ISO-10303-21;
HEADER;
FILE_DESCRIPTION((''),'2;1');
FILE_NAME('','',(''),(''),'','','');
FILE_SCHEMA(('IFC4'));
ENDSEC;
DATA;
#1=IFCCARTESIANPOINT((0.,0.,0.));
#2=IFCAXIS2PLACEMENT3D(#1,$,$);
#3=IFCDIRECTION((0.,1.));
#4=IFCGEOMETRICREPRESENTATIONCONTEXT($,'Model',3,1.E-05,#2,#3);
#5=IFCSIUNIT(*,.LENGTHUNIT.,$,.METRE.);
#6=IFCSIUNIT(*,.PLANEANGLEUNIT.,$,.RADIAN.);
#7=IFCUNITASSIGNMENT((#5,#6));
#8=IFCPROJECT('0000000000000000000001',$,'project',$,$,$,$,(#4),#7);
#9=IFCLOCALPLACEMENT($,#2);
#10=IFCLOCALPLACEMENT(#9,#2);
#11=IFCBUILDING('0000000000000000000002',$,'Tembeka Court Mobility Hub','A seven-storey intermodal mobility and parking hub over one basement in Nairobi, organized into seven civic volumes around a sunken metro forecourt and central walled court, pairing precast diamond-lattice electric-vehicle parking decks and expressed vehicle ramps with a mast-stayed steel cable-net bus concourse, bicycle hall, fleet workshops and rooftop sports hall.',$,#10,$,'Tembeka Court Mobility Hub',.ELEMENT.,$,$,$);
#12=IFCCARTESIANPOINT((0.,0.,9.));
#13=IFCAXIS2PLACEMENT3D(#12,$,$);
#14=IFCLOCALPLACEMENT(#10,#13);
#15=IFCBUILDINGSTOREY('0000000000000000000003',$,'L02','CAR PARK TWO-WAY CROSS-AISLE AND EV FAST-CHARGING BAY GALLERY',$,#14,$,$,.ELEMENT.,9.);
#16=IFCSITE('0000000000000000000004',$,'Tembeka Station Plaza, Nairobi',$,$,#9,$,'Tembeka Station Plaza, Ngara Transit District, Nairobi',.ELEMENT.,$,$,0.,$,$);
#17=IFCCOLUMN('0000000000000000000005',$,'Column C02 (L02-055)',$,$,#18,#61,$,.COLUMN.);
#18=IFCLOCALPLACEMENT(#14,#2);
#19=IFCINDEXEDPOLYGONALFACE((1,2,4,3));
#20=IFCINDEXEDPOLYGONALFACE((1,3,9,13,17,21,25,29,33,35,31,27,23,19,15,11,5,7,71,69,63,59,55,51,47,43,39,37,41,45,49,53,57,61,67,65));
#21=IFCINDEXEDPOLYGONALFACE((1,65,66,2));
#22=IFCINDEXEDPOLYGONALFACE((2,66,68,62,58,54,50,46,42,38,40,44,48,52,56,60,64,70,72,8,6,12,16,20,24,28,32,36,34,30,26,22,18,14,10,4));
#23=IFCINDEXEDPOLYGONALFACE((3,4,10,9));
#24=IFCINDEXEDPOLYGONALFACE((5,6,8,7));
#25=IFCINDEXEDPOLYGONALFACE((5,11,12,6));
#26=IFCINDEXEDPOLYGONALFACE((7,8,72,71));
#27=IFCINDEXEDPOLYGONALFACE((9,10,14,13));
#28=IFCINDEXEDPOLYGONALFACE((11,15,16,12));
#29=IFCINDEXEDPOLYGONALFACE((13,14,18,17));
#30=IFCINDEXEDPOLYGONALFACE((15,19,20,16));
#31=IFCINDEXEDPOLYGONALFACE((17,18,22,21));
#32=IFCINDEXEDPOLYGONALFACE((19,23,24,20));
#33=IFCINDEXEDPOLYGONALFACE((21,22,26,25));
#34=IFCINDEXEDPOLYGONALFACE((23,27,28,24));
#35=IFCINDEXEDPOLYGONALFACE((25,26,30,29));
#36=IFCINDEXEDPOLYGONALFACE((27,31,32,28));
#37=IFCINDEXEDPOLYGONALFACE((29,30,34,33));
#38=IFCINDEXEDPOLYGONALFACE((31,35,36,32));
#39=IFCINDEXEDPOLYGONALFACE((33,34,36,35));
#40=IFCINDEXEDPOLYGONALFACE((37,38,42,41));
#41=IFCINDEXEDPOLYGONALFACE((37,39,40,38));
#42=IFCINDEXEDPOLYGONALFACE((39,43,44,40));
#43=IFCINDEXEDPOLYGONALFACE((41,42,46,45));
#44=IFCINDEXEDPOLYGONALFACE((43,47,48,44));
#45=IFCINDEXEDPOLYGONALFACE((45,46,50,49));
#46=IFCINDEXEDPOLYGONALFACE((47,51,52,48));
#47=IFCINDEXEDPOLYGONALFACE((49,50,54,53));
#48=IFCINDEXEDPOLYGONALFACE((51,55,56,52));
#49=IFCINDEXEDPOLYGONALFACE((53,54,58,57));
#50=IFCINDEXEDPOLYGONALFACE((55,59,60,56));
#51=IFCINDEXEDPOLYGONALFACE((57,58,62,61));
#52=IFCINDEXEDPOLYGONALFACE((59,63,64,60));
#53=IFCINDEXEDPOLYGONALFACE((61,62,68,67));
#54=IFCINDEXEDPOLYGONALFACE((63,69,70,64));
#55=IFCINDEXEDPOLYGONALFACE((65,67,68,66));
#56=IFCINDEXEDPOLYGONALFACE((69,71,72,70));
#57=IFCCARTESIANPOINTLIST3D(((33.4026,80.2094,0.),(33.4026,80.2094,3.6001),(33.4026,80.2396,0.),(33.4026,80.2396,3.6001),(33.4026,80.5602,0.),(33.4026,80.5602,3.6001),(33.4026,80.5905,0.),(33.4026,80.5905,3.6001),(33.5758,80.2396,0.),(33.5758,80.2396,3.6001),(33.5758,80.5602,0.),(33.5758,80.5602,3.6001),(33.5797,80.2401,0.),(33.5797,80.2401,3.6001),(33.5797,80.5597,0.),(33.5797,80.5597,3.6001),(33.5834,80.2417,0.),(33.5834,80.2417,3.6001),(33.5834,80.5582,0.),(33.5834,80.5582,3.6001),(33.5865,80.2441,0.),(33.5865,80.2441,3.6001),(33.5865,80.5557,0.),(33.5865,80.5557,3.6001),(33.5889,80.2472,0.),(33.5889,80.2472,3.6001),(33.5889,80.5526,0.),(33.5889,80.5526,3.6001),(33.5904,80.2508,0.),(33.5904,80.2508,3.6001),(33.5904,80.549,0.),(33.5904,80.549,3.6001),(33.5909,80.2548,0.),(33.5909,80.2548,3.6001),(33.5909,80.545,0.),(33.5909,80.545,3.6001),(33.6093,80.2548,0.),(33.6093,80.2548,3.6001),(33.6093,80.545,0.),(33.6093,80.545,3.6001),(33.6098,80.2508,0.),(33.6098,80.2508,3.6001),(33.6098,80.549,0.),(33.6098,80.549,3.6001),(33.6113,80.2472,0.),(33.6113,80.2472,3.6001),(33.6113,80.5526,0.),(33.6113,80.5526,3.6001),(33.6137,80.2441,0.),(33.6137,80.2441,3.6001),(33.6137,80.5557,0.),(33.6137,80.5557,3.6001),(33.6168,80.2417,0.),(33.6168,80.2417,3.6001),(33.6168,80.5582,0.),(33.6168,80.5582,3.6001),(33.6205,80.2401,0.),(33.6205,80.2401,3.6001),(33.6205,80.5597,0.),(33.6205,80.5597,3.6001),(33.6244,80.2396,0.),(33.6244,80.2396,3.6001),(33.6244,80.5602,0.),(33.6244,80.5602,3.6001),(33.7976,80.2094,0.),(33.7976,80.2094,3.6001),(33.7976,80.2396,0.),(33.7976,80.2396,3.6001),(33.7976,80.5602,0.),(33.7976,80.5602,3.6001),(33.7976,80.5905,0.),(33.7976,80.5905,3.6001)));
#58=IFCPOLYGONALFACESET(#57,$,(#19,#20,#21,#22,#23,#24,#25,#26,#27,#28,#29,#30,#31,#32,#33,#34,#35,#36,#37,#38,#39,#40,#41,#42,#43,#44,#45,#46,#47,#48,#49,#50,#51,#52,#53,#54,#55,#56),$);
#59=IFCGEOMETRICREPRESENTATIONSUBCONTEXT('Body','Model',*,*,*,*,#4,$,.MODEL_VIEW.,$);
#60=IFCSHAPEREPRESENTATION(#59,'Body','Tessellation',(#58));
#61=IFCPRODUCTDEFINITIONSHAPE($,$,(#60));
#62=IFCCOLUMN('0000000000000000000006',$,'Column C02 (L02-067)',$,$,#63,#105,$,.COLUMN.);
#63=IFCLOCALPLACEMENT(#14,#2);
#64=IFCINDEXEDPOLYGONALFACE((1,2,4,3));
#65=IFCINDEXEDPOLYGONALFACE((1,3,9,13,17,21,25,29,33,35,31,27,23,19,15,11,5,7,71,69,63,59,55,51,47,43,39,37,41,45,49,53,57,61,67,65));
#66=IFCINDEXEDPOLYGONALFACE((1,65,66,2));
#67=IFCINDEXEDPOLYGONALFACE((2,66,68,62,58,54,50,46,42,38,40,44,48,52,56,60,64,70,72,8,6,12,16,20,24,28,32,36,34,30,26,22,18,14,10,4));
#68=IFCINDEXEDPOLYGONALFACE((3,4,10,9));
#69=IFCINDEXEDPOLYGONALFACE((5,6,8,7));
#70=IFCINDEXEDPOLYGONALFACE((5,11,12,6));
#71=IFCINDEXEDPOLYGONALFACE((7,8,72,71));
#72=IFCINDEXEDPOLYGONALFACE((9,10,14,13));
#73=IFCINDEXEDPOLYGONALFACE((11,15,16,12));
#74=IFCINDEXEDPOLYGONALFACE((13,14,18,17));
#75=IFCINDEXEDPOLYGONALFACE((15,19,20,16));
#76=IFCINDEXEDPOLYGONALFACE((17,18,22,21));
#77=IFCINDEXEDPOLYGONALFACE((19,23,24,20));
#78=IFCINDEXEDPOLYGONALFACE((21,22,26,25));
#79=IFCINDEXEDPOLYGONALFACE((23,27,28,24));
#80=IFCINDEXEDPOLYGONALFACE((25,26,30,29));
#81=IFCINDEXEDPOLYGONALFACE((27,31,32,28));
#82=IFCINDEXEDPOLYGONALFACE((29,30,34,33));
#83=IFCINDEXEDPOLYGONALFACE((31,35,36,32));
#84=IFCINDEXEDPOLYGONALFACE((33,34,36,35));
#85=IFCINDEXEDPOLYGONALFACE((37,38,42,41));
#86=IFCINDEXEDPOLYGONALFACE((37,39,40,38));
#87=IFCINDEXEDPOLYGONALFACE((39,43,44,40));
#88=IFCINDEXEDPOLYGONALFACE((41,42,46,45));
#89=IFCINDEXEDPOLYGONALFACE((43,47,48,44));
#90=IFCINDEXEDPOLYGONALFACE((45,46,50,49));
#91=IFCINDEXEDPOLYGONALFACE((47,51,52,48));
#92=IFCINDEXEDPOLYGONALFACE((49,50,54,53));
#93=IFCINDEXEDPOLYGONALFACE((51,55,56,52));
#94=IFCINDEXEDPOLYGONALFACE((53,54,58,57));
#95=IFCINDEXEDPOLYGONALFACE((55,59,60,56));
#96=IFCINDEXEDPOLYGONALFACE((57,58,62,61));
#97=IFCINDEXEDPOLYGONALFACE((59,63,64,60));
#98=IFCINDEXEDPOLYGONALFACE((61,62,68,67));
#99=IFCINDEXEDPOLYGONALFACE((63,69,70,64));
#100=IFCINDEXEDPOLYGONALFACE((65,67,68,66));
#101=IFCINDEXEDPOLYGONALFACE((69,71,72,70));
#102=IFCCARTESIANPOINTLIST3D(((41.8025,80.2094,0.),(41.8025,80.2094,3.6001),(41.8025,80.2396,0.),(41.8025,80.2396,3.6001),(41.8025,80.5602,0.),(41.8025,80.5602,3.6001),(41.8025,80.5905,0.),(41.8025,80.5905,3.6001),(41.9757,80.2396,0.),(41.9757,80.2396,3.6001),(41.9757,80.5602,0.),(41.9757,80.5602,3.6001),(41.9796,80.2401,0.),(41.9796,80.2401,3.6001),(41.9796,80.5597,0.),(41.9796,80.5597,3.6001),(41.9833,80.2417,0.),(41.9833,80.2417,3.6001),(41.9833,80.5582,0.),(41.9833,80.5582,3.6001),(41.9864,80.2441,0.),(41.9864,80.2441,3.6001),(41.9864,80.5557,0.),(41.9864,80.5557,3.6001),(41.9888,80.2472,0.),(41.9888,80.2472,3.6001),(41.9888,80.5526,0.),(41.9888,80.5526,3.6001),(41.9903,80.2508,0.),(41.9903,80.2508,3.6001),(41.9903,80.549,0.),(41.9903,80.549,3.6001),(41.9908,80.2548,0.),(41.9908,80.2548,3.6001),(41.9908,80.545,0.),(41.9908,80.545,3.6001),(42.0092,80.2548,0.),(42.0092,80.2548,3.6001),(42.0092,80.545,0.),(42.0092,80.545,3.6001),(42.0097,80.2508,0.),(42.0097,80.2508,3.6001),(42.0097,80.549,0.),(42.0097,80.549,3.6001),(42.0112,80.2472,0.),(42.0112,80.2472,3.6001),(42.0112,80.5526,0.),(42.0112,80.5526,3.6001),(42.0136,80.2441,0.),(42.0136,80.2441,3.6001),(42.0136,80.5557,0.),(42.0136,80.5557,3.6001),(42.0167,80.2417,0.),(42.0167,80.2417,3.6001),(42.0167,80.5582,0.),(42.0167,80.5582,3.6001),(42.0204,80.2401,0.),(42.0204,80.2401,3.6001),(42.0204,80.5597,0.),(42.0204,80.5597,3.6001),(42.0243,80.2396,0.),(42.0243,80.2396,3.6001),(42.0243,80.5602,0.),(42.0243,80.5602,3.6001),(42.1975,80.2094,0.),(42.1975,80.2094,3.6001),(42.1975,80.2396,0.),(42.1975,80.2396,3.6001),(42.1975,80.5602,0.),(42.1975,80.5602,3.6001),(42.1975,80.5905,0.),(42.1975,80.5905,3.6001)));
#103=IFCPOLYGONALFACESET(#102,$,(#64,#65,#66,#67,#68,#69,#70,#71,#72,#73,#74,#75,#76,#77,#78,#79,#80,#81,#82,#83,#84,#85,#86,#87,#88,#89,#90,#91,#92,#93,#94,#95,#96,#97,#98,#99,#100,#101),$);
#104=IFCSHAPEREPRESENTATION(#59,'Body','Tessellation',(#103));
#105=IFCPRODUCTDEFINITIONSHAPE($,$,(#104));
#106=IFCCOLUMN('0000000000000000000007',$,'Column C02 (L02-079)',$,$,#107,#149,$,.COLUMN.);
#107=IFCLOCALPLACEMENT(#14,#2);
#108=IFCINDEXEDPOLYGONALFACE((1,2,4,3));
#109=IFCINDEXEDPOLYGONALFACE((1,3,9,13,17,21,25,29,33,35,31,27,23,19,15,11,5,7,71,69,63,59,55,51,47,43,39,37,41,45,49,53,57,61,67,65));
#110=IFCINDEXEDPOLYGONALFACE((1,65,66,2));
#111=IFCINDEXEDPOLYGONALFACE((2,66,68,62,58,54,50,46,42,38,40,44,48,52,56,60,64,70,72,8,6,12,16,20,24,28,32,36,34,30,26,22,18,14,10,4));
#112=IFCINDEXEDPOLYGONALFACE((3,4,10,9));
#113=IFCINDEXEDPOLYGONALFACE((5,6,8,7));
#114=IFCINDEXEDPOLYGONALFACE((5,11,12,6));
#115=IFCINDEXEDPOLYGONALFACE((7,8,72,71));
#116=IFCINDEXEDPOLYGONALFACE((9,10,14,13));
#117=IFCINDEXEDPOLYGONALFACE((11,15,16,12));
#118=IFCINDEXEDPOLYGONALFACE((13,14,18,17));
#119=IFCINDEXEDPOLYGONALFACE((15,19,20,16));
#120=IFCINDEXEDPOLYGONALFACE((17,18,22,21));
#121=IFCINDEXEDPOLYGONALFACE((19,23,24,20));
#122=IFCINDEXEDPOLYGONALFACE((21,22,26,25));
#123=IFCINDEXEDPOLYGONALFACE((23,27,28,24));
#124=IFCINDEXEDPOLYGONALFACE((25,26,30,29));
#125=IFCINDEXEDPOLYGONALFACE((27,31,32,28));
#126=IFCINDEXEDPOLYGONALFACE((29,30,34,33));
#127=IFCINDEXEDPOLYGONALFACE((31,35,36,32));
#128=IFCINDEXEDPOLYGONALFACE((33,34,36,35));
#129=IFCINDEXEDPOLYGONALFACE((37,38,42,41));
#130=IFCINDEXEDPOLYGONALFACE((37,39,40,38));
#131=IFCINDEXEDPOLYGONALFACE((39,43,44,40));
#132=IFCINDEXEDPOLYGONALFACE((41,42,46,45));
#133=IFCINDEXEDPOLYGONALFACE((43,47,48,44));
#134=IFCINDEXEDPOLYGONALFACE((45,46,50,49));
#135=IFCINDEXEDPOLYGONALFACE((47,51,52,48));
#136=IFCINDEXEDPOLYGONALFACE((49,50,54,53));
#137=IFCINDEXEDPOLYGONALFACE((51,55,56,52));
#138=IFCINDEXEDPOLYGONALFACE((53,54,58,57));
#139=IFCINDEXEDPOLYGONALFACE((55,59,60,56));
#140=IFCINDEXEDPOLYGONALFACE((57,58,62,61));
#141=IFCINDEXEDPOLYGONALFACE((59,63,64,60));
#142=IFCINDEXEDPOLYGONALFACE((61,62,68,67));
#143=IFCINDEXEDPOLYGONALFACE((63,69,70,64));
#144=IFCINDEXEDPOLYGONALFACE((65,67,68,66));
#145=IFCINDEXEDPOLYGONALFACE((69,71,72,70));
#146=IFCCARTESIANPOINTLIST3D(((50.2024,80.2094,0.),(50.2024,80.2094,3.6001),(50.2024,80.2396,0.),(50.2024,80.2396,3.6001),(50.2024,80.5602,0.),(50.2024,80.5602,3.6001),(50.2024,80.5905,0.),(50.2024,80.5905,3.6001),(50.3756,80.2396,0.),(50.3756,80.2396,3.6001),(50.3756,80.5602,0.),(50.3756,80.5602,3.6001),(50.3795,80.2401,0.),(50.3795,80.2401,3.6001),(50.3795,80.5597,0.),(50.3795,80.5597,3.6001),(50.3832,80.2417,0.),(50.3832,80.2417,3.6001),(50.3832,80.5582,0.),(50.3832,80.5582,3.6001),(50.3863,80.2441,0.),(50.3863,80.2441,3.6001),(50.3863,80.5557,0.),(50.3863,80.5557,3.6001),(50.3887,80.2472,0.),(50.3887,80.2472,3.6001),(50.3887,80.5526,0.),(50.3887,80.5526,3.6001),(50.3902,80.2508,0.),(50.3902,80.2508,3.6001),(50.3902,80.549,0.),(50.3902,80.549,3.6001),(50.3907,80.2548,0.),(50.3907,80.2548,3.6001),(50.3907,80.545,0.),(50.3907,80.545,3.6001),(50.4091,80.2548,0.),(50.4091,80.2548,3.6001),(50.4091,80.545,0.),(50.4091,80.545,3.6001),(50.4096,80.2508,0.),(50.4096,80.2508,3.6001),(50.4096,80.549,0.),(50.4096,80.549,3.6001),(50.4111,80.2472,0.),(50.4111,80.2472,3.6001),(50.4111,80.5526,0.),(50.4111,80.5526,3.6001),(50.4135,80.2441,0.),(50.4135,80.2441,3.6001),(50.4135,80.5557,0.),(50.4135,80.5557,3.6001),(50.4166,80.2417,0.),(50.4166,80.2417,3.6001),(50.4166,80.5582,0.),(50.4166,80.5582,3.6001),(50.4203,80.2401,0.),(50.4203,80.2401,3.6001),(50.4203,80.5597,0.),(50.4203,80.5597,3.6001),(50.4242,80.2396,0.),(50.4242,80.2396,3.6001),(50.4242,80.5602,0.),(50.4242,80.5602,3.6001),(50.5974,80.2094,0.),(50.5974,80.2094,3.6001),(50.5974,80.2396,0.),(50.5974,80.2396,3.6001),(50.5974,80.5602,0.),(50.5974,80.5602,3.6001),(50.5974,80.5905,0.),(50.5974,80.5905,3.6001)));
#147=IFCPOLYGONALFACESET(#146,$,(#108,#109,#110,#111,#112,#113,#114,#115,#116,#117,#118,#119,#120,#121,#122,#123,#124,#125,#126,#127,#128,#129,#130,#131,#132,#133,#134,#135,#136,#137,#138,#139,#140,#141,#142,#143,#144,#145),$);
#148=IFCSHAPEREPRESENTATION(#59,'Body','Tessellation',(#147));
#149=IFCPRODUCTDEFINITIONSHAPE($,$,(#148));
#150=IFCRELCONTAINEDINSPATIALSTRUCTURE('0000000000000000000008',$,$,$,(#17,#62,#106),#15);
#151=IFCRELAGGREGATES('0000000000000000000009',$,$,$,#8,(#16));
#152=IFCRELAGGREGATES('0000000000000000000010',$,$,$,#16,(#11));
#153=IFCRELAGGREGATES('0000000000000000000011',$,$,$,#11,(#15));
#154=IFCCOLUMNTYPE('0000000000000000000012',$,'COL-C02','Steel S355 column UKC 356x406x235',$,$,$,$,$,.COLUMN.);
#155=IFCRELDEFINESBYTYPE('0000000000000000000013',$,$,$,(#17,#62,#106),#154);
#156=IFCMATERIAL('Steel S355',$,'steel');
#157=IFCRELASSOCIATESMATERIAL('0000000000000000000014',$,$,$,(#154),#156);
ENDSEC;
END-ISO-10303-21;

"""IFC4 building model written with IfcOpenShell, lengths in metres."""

from ifc_helpers import new_model, si_unit, direction, frame, origin, origin_2d, place, context, subcontext, project, spatial, i_section, extrude, material, material_profile, profile_set, type_object, element, save


model = new_model("IFC4")

# Units and contexts
model_context = context("Model", 3, precision=1e-05, world=origin(), true_north=direction((0.0, 1.0)))
body_context = subcontext(model_context, "Body", "Model", "MODEL_VIEW")
ifc_project = project(units=[si_unit("LENGTHUNIT", "METRE"), si_unit("PLANEANGLEUNIT", "RADIAN")], contexts=[model_context])

# Site, building, storey
site_placement = place(None, origin())
site = spatial("IfcSite", under=ifc_project, at=site_placement, Name="Tembeka Station Plaza, Nairobi", LongName="Tembeka Station Plaza, Ngara Transit District, Nairobi", CompositionType="ELEMENT", RefElevation=0.0)
building_placement = place(site_placement, origin())
building = spatial("IfcBuilding", under=site, at=building_placement, Name="Tembeka Court Mobility Hub", Description="A seven-storey intermodal mobility and parking hub over one basement in Nairobi, organized into seven civic volumes around a sunken metro forecourt and central walled court, pairing precast diamond-lattice electric-vehicle parking decks and expressed vehicle ramps with a mast-stayed steel cable-net bus concourse, bicycle hall, fleet workshops and rooftop sports hall.", LongName="Tembeka Court Mobility Hub", CompositionType="ELEMENT")
storey_placement = place(building_placement, frame((0.0, 0.0, 9.0)))
storey = spatial("IfcBuildingStorey", under=building, at=storey_placement, Name="L02", Description="CAR PARK TWO-WAY CROSS-AISLE AND EV FAST-CHARGING BAY GALLERY", CompositionType="ELEMENT", Elevation=9.0)

# Columns
ifc_material_1 = material(Name="Steel S355", Category="steel")
ifc_material_profile_1 = material_profile(ifc_material_1, i_section(OverallWidth=0.395, OverallDepth=0.3811, WebThickness=0.0183, FlangeThickness=0.0303, FilletRadius=0.0151, at=origin_2d()), Name="UKC 356x406x235")
ifc_profile_set_1 = profile_set([ifc_material_profile_1], Name="Steel S355")
column_type_1 = type_object("IfcColumnType", Name="COL-C02", Description="Steel S355 column UKC 356x406x235", PredefinedType="COLUMN", material=ifc_profile_set_1)
for number, where, z_axis, x_axis, name in (
    (1, (33.6001, 80.3999, 0.0), (0.0, 0.0, 1.0), (1.0, 0.0, 0.0), "Column C02 (L02-055)"),
    (2, (42.0, 80.3999, 0.0), (0.0, 0.0, 1.0), (1.0, 0.0, 0.0), "Column C02 (L02-067)"),
    (3, (50.3999, 80.3999, 0.0), (0.0, 0.0, 1.0), (1.0, 0.0, 0.0), "Column C02 (L02-079)"),
):
    element("IfcColumn", number, at=place(storey_placement, frame(where, z_axis=z_axis, x_axis=x_axis)), inside=storey, type_object=column_type_1, Name=name, PredefinedType="COLUMN", context=body_context, shape_type="SweptSolid", body=[
        extrude(i_section(OverallWidth=0.395, OverallDepth=0.3811, WebThickness=0.0183, FlangeThickness=0.0303, FilletRadius=0.0151, at=origin_2d()), origin(), (0.0, 0.0, 1.0), 3.6001),
    ])

save(model, "model.ifc")
